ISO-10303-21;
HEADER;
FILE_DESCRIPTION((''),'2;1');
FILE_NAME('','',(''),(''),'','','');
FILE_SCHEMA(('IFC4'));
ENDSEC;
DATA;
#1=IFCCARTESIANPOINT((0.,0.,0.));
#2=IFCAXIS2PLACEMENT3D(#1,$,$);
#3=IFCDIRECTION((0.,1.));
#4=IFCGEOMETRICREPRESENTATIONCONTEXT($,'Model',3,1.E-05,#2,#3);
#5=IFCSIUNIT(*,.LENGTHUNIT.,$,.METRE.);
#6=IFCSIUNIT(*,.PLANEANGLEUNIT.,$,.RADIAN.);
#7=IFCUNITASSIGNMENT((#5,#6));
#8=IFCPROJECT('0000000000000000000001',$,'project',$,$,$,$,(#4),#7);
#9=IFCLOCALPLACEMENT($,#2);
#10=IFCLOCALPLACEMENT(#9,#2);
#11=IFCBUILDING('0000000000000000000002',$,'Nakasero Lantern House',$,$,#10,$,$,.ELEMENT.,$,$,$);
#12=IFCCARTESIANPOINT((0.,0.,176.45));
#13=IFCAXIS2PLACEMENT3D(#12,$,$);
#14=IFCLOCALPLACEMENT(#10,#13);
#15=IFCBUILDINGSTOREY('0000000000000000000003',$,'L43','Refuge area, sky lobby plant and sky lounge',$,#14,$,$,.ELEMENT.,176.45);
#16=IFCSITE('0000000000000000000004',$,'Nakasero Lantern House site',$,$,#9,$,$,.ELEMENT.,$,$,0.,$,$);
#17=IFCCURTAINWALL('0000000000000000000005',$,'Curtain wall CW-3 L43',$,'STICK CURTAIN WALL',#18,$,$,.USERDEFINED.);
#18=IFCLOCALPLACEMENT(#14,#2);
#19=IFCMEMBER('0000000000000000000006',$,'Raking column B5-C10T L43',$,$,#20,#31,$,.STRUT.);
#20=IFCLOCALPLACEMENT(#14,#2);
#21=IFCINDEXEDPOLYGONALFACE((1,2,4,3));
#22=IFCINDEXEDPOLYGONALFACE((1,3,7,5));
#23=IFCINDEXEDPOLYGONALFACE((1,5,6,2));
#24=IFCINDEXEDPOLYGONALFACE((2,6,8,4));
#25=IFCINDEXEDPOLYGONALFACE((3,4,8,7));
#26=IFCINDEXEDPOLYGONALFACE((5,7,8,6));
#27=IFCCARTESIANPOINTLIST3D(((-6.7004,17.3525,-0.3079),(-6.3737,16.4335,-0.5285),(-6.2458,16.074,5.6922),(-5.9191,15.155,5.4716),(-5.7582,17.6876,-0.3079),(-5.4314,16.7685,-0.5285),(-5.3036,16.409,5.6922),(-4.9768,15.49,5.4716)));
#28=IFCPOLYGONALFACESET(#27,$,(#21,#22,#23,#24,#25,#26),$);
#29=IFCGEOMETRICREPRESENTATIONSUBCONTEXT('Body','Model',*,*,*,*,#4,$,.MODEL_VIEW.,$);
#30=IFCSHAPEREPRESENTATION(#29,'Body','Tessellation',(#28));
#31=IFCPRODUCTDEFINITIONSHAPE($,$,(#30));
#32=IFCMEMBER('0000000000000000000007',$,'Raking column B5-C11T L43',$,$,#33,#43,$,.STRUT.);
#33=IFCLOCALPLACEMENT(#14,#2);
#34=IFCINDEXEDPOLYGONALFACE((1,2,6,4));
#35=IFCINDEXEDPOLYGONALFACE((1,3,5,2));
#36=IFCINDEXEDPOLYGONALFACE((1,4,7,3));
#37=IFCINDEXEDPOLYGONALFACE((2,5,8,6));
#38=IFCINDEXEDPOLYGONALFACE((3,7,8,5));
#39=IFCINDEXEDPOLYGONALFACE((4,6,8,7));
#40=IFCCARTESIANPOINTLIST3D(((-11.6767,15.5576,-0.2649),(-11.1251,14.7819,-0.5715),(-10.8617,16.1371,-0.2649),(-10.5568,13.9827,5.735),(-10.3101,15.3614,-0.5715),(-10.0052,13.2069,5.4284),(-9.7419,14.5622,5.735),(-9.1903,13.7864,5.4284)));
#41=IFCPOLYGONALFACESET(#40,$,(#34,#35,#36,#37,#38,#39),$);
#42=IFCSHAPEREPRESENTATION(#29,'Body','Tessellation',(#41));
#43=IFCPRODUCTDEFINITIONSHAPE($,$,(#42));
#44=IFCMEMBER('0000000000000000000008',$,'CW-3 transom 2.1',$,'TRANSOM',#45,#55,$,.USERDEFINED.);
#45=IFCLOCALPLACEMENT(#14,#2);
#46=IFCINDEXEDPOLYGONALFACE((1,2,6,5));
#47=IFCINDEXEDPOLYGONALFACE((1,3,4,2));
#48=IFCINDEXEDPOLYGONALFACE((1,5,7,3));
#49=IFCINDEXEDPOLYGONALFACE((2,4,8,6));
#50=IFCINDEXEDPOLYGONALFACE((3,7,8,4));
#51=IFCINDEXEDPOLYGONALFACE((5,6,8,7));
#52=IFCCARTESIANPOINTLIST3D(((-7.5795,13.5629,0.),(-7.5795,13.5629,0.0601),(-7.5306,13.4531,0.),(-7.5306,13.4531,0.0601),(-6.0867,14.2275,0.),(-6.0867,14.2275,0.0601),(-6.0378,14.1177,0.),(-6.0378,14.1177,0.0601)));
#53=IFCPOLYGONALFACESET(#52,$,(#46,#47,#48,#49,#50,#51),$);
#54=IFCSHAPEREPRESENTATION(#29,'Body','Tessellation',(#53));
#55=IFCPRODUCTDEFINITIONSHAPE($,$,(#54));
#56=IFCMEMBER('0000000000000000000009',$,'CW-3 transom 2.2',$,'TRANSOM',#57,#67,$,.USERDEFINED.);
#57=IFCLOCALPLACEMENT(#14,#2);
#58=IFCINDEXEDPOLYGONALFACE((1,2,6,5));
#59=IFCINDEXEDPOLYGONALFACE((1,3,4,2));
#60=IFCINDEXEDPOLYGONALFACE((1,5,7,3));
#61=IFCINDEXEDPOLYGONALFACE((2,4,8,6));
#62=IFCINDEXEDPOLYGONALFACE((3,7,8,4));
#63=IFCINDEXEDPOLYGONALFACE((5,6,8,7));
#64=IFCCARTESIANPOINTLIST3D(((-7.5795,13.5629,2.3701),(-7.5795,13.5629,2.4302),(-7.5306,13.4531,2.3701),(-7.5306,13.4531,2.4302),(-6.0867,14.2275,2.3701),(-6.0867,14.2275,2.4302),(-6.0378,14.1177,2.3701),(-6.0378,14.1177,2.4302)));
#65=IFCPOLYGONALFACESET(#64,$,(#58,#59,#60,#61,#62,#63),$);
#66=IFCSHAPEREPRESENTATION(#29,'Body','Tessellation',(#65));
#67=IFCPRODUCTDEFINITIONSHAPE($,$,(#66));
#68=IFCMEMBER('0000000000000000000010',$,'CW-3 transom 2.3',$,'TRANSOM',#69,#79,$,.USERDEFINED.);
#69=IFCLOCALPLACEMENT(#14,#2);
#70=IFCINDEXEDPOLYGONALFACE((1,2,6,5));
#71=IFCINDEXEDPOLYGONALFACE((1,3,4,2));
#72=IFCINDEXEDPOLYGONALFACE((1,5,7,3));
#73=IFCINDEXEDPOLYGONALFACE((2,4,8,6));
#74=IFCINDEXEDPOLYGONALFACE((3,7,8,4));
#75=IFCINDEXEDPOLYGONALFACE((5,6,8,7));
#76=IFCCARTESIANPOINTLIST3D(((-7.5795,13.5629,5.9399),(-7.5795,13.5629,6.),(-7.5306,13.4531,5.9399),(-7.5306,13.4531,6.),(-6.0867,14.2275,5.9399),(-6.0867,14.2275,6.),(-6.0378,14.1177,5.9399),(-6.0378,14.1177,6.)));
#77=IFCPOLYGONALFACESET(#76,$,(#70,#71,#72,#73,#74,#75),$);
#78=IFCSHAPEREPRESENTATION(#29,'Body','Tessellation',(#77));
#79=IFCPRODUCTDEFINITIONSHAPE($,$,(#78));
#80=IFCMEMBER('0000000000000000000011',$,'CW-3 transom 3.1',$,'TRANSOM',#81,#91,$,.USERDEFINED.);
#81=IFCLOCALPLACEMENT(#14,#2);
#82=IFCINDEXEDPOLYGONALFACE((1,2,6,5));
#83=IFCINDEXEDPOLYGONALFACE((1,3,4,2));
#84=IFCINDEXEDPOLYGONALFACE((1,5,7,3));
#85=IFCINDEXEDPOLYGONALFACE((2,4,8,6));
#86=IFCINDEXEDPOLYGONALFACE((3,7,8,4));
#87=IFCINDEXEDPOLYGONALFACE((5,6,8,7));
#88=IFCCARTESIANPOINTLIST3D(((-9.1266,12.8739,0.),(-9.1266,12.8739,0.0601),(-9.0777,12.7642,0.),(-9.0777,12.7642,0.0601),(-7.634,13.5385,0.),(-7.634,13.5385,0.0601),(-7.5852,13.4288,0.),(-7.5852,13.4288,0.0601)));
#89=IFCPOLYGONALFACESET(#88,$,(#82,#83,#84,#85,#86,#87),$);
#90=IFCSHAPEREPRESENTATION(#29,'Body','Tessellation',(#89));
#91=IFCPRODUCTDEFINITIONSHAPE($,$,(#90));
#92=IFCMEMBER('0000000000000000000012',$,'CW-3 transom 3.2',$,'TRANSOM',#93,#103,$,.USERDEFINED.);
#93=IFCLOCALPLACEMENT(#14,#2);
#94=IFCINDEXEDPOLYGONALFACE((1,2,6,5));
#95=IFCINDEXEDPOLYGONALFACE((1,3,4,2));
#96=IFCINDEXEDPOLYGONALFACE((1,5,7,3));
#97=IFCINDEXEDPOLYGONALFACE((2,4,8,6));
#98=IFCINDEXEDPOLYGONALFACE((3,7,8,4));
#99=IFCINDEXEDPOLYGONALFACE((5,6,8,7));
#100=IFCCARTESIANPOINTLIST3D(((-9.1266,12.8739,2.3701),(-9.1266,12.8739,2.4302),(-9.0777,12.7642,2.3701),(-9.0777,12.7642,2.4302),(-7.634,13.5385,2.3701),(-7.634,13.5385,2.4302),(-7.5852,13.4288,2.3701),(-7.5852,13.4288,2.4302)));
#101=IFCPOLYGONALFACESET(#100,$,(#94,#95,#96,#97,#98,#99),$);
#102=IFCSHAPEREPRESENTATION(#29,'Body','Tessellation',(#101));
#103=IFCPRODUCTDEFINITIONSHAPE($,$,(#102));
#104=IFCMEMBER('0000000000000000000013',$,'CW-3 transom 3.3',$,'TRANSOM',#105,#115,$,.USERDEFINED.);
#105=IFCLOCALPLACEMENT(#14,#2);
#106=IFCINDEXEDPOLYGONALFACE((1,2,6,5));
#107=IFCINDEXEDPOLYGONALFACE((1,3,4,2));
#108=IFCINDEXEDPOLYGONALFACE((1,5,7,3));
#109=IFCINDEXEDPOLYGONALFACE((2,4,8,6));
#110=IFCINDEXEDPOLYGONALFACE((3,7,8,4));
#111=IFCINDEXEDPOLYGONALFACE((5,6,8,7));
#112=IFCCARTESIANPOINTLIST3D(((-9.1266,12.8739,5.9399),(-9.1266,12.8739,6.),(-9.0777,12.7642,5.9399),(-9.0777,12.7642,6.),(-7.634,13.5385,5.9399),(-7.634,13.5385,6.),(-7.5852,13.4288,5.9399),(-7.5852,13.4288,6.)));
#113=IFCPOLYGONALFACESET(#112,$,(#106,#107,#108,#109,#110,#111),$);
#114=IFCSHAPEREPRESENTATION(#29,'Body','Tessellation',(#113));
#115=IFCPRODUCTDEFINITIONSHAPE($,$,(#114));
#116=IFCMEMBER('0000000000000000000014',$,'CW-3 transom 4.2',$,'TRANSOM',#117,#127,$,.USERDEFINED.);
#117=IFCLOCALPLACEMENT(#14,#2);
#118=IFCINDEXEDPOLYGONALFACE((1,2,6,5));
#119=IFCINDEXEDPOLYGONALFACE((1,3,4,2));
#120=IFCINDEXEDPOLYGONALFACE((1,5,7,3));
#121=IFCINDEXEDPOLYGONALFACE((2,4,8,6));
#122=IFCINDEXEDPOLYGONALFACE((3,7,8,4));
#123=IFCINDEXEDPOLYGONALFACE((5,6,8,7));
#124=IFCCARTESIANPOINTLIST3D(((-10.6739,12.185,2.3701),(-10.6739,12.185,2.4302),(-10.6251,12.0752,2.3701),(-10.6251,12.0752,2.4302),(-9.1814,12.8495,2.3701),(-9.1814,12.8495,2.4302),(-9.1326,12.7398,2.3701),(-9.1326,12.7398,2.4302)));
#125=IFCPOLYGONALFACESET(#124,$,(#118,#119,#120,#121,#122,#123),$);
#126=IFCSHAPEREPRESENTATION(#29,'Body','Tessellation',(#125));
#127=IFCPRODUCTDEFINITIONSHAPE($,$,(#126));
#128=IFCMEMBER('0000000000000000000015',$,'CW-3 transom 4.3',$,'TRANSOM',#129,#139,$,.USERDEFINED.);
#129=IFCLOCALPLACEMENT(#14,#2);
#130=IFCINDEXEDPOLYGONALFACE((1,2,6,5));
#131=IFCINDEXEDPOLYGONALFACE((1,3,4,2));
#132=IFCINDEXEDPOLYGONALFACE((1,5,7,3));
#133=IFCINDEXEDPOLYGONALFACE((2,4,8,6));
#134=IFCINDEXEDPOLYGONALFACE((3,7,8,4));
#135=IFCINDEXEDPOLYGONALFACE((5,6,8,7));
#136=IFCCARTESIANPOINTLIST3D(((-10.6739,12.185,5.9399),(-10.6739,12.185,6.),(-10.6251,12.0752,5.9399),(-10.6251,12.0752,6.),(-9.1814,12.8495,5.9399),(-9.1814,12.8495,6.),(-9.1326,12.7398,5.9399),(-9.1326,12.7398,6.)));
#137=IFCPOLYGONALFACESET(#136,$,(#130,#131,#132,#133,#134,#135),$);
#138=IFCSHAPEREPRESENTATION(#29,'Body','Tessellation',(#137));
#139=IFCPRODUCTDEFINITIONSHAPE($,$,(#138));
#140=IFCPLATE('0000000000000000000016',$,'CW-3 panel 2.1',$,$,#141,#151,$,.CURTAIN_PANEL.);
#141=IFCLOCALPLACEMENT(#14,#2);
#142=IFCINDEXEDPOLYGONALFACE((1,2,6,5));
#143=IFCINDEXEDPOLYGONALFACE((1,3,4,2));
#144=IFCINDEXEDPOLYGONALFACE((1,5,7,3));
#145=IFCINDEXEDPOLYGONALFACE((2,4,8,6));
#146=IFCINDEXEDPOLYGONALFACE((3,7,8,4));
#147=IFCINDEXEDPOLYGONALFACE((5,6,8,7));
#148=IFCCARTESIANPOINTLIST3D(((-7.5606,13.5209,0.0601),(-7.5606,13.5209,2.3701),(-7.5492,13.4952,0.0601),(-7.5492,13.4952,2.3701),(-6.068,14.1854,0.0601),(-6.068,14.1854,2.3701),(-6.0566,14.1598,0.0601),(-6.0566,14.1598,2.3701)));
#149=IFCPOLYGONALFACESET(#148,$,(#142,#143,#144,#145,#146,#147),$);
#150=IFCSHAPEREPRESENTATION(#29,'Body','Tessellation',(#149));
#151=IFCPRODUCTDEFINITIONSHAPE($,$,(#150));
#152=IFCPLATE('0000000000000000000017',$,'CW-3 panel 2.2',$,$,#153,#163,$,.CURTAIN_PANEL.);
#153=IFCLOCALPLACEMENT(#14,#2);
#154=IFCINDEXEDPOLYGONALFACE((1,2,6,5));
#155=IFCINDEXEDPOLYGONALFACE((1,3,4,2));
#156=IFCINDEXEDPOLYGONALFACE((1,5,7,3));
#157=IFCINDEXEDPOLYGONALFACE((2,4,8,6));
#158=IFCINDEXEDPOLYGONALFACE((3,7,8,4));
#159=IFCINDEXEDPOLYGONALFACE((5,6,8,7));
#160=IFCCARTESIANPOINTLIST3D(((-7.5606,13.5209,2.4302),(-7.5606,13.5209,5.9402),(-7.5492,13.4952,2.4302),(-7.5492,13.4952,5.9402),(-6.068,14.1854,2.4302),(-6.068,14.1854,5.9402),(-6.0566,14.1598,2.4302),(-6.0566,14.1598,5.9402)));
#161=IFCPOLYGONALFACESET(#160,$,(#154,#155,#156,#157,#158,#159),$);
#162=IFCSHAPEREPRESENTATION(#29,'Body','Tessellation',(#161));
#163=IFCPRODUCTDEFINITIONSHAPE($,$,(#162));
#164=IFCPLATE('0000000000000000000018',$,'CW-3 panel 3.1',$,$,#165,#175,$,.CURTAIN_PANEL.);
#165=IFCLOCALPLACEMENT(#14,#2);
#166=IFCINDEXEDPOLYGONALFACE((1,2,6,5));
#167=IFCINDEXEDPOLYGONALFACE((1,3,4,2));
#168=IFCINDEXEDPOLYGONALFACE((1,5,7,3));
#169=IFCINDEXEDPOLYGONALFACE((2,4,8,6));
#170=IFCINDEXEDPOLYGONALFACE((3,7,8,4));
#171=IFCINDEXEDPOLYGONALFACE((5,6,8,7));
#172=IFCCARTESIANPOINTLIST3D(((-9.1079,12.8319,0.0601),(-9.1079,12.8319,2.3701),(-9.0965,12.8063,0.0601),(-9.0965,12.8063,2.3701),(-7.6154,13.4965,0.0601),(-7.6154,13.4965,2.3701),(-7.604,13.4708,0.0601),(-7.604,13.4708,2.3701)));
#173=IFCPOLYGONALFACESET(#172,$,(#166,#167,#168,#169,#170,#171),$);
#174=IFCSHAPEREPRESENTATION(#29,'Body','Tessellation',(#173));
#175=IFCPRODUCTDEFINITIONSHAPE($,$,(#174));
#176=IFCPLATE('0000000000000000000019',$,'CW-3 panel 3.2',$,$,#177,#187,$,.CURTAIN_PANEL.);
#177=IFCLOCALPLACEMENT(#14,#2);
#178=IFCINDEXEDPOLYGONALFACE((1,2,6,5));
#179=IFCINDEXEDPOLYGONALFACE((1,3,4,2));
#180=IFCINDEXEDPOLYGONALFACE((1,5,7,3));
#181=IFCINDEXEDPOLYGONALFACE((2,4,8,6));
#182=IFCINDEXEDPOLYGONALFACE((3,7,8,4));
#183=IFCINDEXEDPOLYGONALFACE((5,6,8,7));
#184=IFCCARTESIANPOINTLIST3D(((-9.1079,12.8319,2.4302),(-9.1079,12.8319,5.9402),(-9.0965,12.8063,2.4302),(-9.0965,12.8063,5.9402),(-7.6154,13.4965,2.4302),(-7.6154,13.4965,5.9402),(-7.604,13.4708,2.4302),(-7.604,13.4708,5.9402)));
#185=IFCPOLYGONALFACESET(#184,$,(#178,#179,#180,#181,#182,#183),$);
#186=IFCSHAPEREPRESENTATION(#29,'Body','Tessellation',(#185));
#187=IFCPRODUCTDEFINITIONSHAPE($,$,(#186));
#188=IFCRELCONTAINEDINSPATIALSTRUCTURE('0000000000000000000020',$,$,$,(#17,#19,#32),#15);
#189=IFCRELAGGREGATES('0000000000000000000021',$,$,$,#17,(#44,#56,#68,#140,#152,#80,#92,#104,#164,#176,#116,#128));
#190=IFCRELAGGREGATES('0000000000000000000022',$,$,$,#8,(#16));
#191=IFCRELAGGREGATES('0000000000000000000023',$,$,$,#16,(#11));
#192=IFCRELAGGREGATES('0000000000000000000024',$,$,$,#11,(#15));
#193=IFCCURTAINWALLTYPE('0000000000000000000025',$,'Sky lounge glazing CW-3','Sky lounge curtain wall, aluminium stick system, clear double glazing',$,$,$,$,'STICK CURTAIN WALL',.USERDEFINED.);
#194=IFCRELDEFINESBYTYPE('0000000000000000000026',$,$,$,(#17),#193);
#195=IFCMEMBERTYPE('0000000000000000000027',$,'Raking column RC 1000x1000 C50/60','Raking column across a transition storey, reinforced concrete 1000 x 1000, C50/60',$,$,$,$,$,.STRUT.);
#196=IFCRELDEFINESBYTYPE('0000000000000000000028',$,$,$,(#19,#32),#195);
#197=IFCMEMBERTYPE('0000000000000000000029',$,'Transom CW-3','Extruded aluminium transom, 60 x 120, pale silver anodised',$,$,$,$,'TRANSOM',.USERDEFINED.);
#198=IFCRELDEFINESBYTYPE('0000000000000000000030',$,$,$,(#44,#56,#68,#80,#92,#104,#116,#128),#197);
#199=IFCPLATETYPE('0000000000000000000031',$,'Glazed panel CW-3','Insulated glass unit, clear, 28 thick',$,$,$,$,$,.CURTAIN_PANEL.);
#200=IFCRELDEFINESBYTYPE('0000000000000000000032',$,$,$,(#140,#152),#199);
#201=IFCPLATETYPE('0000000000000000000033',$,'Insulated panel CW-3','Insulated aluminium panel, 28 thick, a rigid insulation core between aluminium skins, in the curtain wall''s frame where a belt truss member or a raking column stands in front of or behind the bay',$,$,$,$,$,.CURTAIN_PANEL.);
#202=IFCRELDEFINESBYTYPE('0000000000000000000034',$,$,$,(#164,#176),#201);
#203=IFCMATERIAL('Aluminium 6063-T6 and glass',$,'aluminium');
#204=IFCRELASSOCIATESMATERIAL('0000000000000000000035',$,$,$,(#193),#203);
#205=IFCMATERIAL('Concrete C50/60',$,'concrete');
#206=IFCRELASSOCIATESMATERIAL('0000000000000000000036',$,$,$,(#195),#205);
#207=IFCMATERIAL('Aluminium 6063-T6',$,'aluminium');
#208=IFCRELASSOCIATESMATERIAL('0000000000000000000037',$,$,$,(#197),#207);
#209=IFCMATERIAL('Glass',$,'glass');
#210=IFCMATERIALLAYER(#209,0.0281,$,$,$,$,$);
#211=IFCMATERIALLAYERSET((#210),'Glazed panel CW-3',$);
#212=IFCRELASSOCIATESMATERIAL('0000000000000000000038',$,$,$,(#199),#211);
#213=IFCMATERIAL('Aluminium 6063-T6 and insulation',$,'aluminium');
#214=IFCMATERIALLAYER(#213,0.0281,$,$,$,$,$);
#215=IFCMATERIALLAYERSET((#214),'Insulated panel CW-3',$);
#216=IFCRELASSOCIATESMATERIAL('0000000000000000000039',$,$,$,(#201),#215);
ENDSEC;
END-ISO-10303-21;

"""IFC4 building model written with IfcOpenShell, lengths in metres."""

from ifc_helpers import new_model, si_unit, direction, frame, origin, origin_2d, place, context, subcontext, project, spatial, rectangle, extrude, material, layer, layer_set, material_profile, profile_set, type_object, element, aggregate, save


model = new_model("IFC4")

# Units and contexts
model_context = context("Model", 3, precision=1e-05, world=origin(), true_north=direction((0.0, 1.0)))
body_context = subcontext(model_context, "Body", "Model", "MODEL_VIEW")
ifc_project = project(units=[si_unit("LENGTHUNIT", "METRE"), si_unit("PLANEANGLEUNIT", "RADIAN")], contexts=[model_context])

# Site, building, storey
site_placement = place(None, origin())
site = spatial("IfcSite", under=ifc_project, at=site_placement, Name="Nakasero Lantern House site", CompositionType="ELEMENT", RefElevation=0.0)
building_placement = place(site_placement, origin())
building = spatial("IfcBuilding", under=site, at=building_placement, Name="Nakasero Lantern House", CompositionType="ELEMENT")
storey_placement = place(building_placement, frame((0.0, 0.0, 176.45)))
storey = spatial("IfcBuildingStorey", under=building, at=storey_placement, Name="L43", Description="Refuge area, sky lobby plant and sky lounge", CompositionType="ELEMENT", Elevation=176.45)

# Curtain wall
ifc_material_1 = material(Name="Aluminium 6063-T6 and glass", Category="aluminium")
curtain_wall_type = type_object("IfcCurtainWallType", Name="Sky lounge glazing CW-3", Description="Sky lounge curtain wall, aluminium stick system, clear double glazing", ElementType="STICK CURTAIN WALL", PredefinedType="USERDEFINED", material=ifc_material_1)
curtain_wall_placement = place(storey_placement, origin())
curtain_wall = element("IfcCurtainWall", 1, at=curtain_wall_placement, inside=storey, type_object=curtain_wall_type, Name="Curtain wall CW-3 L43", ObjectType="STICK CURTAIN WALL", PredefinedType="USERDEFINED")

# Members
ifc_material_2 = material(Name="Concrete C50/60", Category="concrete")
ifc_material_profile_1 = material_profile(ifc_material_2, rectangle(XDim=1.0, YDim=1.0, at=origin_2d()), Name="RC 1000x1000")
ifc_profile_set_1 = profile_set([ifc_material_profile_1], Name="Concrete C50/60")
member_type_1 = type_object("IfcMemberType", Name="Raking column RC 1000x1000 C50/60", Description="Raking column across a transition storey, reinforced concrete 1000 x 1000, C50/60", PredefinedType="STRUT", material=ifc_profile_set_1)
member_1_placement = place(storey_placement, frame((-6.0659, 17.0605, -0.4182), z_axis=(0.073899, -0.207845, 0.975366), x_axis=(0.942217, 0.335003, 0.0)))
element("IfcMember", 2, at=member_1_placement, inside=storey, type_object=member_type_1, Name="Raking column B5-C10T L43", PredefinedType="STRUT", context=body_context, shape_type="SweptSolid", body=[
    extrude(rectangle(XDim=1.0, YDim=1.0, at=origin_2d()), origin(), (0.0, 0.0, 1.0), 6.1516),
])
member_2_placement = place(storey_placement, frame((-10.9934, 15.4595, -0.4182), z_axis=(0.177658, -0.249852, 0.951846), x_axis=(0.814978, 0.579492, 0.0)))
element("IfcMember", 3, at=member_2_placement, inside=storey, type_object=member_type_1, Name="Raking column B5-C11T L43", PredefinedType="STRUT", context=body_context, shape_type="SweptSolid", body=[
    extrude(rectangle(XDim=1.0, YDim=1.0, at=origin_2d()), origin(), (0.0, 0.0, 1.0), 6.3035),
])

# Members
ifc_material_3 = material(Name="Aluminium 6063-T6", Category="aluminium")
ifc_material_profile_2 = material_profile(ifc_material_3, rectangle(XDim=0.0601, YDim=0.1201, at=origin_2d()), Name="CW-3 transom 60x120")
ifc_profile_set_2 = profile_set([ifc_material_profile_2], Name="Aluminium 6063-T6")
member_type_2 = type_object("IfcMemberType", Name="Transom CW-3", Description="Extruded aluminium transom, 60 x 120, pale silver anodised", ElementType="TRANSOM", PredefinedType="USERDEFINED", material=ifc_profile_set_2)
member_3_placement = place(storey_placement, frame((-6.0623, 14.1726, 0.03), z_axis=(-0.913553, -0.406721, 0.0), x_axis=(0.0, 0.0, 1.0)))
member_3 = element("IfcMember", 4, at=member_3_placement, type_object=member_type_2, Name="CW-3 transom 2.1", ObjectType="TRANSOM", PredefinedType="USERDEFINED", context=body_context, shape_type="SweptSolid", body=[
    extrude(rectangle(XDim=0.0601, YDim=0.1201, at=origin_2d()), origin(), (0.0, 0.0, 1.0), 1.634),
])
member_4_placement = place(storey_placement, frame((-6.0623, 14.1726, 2.4001), z_axis=(-0.913553, -0.406721, 0.0), x_axis=(0.0, 0.0, 1.0)))
member_4 = element("IfcMember", 5, at=member_4_placement, type_object=member_type_2, Name="CW-3 transom 2.2", ObjectType="TRANSOM", PredefinedType="USERDEFINED", context=body_context, shape_type="SweptSolid", body=[
    extrude(rectangle(XDim=0.0601, YDim=0.1201, at=origin_2d()), origin(), (0.0, 0.0, 1.0), 1.634),
])
member_5_placement = place(storey_placement, frame((-6.0623, 14.1726, 5.97), z_axis=(-0.913553, -0.406721, 0.0), x_axis=(0.0, 0.0, 1.0)))
member_5 = element("IfcMember", 6, at=member_5_placement, type_object=member_type_2, Name="CW-3 transom 2.3", ObjectType="TRANSOM", PredefinedType="USERDEFINED", context=body_context, shape_type="SweptSolid", body=[
    extrude(rectangle(XDim=0.0601, YDim=0.1201, at=origin_2d()), origin(), (0.0, 0.0, 1.0), 1.634),
])
member_6_placement = place(storey_placement, frame((-7.6096, 13.4836, 0.03), z_axis=(-0.913528, -0.406776, 0.0), x_axis=(0.0, 0.0, 1.0)))
member_6 = element("IfcMember", 7, at=member_6_placement, type_object=member_type_2, Name="CW-3 transom 3.1", ObjectType="TRANSOM", PredefinedType="USERDEFINED", context=body_context, shape_type="SweptSolid", body=[
    extrude(rectangle(XDim=0.0601, YDim=0.1201, at=origin_2d()), origin(), (0.0, 0.0, 1.0), 1.6338),
])
member_7_placement = place(storey_placement, frame((-7.6096, 13.4836, 2.4001), z_axis=(-0.913528, -0.406776, 0.0), x_axis=(0.0, 0.0, 1.0)))
member_7 = element("IfcMember", 8, at=member_7_placement, type_object=member_type_2, Name="CW-3 transom 3.2", ObjectType="TRANSOM", PredefinedType="USERDEFINED", context=body_context, shape_type="SweptSolid", body=[
    extrude(rectangle(XDim=0.0601, YDim=0.1201, at=origin_2d()), origin(), (0.0, 0.0, 1.0), 1.6338),
])
member_8_placement = place(storey_placement, frame((-7.6096, 13.4836, 5.97), z_axis=(-0.913528, -0.406776, 0.0), x_axis=(0.0, 0.0, 1.0)))
member_8 = element("IfcMember", 9, at=member_8_placement, type_object=member_type_2, Name="CW-3 transom 3.3", ObjectType="TRANSOM", PredefinedType="USERDEFINED", context=body_context, shape_type="SweptSolid", body=[
    extrude(rectangle(XDim=0.0601, YDim=0.1201, at=origin_2d()), origin(), (0.0, 0.0, 1.0), 1.6338),
])
member_9_placement = place(storey_placement, frame((-9.157, 12.7947, 2.4001), z_axis=(-0.913528, -0.406776, 0.0), x_axis=(0.0, 0.0, 1.0)))
member_9 = element("IfcMember", 10, at=member_9_placement, type_object=member_type_2, Name="CW-3 transom 4.2", ObjectType="TRANSOM", PredefinedType="USERDEFINED", context=body_context, shape_type="SweptSolid", body=[
    extrude(rectangle(XDim=0.0601, YDim=0.1201, at=origin_2d()), origin(), (0.0, 0.0, 1.0), 1.6338),
])
member_10_placement = place(storey_placement, frame((-9.157, 12.7947, 5.97), z_axis=(-0.913528, -0.406776, 0.0), x_axis=(0.0, 0.0, 1.0)))
member_10 = element("IfcMember", 11, at=member_10_placement, type_object=member_type_2, Name="CW-3 transom 4.3", ObjectType="TRANSOM", PredefinedType="USERDEFINED", context=body_context, shape_type="SweptSolid", body=[
    extrude(rectangle(XDim=0.0601, YDim=0.1201, at=origin_2d()), origin(), (0.0, 0.0, 1.0), 1.6338),
])

# Plates
ifc_material_4 = material(Name="Glass", Category="glass")
ifc_layer_1 = layer(ifc_material_4, 0.0281)
ifc_layer_set_1 = layer_set([ifc_layer_1], Name="Glazed panel CW-3")
plate_type_1 = type_object("IfcPlateType", Name="Glazed panel CW-3", Description="Insulated glass unit, clear, 28 thick", PredefinedType="CURTAIN_PANEL", material=ifc_layer_set_1)
plate_1_placement = place(storey_placement, frame((-6.8086, 13.8403, 0.0601), z_axis=(0.0, 0.0, 1.0), x_axis=(-0.913545, -0.406737, 0.0)))
plate_1 = element("IfcPlate", 12, at=plate_1_placement, type_object=plate_type_1, Name="CW-3 panel 2.1", PredefinedType="CURTAIN_PANEL", context=body_context, shape_type="SweptSolid", body=[
    extrude(rectangle(XDim=1.6338, YDim=0.0281, at=origin_2d()), origin(), (0.0, 0.0, 1.0), 2.3101),
])
plate_2_placement = place(storey_placement, frame((-6.8086, 13.8403, 2.4302), z_axis=(0.0, 0.0, 1.0), x_axis=(-0.913545, -0.406737, 0.0)))
plate_2 = element("IfcPlate", 13, at=plate_2_placement, type_object=plate_type_1, Name="CW-3 panel 2.2", PredefinedType="CURTAIN_PANEL", context=body_context, shape_type="SweptSolid", body=[
    extrude(rectangle(XDim=1.6338, YDim=0.0281, at=origin_2d()), origin(), (0.0, 0.0, 1.0), 3.51),
])
ifc_material_5 = material(Name="Aluminium 6063-T6 and insulation", Category="aluminium")
ifc_layer_2 = layer(ifc_material_5, 0.0281)
ifc_layer_set_2 = layer_set([ifc_layer_2], Name="Insulated panel CW-3")
plate_type_2 = type_object("IfcPlateType", Name="Insulated panel CW-3", Description="Insulated aluminium panel, 28 thick, a rigid insulation core between aluminium skins, in the curtain wall's frame where a belt truss member or a raking column stands in front of or behind the bay", PredefinedType="CURTAIN_PANEL", material=ifc_layer_set_2)
plate_3_placement = place(storey_placement, frame((-8.356, 13.1514, 0.0601), z_axis=(0.0, 0.0, 1.0), x_axis=(-0.913545, -0.406737, 0.0)))
plate_3 = element("IfcPlate", 14, at=plate_3_placement, type_object=plate_type_2, Name="CW-3 panel 3.1", PredefinedType="CURTAIN_PANEL", context=body_context, shape_type="SweptSolid", body=[
    extrude(rectangle(XDim=1.6338, YDim=0.0281, at=origin_2d()), origin(), (0.0, 0.0, 1.0), 2.3101),
])
plate_4_placement = place(storey_placement, frame((-8.356, 13.1514, 2.4302), z_axis=(0.0, 0.0, 1.0), x_axis=(-0.913545, -0.406737, 0.0)))
plate_4 = element("IfcPlate", 15, at=plate_4_placement, type_object=plate_type_2, Name="CW-3 panel 3.2", PredefinedType="CURTAIN_PANEL", context=body_context, shape_type="SweptSolid", body=[
    extrude(rectangle(XDim=1.6338, YDim=0.0281, at=origin_2d()), origin(), (0.0, 0.0, 1.0), 3.51),
])
aggregate(curtain_wall, [member_3, member_4, member_5, plate_1, plate_2, member_6, member_7, member_8, plate_3, plate_4, member_9, member_10])

save(model, "model.ifc")
